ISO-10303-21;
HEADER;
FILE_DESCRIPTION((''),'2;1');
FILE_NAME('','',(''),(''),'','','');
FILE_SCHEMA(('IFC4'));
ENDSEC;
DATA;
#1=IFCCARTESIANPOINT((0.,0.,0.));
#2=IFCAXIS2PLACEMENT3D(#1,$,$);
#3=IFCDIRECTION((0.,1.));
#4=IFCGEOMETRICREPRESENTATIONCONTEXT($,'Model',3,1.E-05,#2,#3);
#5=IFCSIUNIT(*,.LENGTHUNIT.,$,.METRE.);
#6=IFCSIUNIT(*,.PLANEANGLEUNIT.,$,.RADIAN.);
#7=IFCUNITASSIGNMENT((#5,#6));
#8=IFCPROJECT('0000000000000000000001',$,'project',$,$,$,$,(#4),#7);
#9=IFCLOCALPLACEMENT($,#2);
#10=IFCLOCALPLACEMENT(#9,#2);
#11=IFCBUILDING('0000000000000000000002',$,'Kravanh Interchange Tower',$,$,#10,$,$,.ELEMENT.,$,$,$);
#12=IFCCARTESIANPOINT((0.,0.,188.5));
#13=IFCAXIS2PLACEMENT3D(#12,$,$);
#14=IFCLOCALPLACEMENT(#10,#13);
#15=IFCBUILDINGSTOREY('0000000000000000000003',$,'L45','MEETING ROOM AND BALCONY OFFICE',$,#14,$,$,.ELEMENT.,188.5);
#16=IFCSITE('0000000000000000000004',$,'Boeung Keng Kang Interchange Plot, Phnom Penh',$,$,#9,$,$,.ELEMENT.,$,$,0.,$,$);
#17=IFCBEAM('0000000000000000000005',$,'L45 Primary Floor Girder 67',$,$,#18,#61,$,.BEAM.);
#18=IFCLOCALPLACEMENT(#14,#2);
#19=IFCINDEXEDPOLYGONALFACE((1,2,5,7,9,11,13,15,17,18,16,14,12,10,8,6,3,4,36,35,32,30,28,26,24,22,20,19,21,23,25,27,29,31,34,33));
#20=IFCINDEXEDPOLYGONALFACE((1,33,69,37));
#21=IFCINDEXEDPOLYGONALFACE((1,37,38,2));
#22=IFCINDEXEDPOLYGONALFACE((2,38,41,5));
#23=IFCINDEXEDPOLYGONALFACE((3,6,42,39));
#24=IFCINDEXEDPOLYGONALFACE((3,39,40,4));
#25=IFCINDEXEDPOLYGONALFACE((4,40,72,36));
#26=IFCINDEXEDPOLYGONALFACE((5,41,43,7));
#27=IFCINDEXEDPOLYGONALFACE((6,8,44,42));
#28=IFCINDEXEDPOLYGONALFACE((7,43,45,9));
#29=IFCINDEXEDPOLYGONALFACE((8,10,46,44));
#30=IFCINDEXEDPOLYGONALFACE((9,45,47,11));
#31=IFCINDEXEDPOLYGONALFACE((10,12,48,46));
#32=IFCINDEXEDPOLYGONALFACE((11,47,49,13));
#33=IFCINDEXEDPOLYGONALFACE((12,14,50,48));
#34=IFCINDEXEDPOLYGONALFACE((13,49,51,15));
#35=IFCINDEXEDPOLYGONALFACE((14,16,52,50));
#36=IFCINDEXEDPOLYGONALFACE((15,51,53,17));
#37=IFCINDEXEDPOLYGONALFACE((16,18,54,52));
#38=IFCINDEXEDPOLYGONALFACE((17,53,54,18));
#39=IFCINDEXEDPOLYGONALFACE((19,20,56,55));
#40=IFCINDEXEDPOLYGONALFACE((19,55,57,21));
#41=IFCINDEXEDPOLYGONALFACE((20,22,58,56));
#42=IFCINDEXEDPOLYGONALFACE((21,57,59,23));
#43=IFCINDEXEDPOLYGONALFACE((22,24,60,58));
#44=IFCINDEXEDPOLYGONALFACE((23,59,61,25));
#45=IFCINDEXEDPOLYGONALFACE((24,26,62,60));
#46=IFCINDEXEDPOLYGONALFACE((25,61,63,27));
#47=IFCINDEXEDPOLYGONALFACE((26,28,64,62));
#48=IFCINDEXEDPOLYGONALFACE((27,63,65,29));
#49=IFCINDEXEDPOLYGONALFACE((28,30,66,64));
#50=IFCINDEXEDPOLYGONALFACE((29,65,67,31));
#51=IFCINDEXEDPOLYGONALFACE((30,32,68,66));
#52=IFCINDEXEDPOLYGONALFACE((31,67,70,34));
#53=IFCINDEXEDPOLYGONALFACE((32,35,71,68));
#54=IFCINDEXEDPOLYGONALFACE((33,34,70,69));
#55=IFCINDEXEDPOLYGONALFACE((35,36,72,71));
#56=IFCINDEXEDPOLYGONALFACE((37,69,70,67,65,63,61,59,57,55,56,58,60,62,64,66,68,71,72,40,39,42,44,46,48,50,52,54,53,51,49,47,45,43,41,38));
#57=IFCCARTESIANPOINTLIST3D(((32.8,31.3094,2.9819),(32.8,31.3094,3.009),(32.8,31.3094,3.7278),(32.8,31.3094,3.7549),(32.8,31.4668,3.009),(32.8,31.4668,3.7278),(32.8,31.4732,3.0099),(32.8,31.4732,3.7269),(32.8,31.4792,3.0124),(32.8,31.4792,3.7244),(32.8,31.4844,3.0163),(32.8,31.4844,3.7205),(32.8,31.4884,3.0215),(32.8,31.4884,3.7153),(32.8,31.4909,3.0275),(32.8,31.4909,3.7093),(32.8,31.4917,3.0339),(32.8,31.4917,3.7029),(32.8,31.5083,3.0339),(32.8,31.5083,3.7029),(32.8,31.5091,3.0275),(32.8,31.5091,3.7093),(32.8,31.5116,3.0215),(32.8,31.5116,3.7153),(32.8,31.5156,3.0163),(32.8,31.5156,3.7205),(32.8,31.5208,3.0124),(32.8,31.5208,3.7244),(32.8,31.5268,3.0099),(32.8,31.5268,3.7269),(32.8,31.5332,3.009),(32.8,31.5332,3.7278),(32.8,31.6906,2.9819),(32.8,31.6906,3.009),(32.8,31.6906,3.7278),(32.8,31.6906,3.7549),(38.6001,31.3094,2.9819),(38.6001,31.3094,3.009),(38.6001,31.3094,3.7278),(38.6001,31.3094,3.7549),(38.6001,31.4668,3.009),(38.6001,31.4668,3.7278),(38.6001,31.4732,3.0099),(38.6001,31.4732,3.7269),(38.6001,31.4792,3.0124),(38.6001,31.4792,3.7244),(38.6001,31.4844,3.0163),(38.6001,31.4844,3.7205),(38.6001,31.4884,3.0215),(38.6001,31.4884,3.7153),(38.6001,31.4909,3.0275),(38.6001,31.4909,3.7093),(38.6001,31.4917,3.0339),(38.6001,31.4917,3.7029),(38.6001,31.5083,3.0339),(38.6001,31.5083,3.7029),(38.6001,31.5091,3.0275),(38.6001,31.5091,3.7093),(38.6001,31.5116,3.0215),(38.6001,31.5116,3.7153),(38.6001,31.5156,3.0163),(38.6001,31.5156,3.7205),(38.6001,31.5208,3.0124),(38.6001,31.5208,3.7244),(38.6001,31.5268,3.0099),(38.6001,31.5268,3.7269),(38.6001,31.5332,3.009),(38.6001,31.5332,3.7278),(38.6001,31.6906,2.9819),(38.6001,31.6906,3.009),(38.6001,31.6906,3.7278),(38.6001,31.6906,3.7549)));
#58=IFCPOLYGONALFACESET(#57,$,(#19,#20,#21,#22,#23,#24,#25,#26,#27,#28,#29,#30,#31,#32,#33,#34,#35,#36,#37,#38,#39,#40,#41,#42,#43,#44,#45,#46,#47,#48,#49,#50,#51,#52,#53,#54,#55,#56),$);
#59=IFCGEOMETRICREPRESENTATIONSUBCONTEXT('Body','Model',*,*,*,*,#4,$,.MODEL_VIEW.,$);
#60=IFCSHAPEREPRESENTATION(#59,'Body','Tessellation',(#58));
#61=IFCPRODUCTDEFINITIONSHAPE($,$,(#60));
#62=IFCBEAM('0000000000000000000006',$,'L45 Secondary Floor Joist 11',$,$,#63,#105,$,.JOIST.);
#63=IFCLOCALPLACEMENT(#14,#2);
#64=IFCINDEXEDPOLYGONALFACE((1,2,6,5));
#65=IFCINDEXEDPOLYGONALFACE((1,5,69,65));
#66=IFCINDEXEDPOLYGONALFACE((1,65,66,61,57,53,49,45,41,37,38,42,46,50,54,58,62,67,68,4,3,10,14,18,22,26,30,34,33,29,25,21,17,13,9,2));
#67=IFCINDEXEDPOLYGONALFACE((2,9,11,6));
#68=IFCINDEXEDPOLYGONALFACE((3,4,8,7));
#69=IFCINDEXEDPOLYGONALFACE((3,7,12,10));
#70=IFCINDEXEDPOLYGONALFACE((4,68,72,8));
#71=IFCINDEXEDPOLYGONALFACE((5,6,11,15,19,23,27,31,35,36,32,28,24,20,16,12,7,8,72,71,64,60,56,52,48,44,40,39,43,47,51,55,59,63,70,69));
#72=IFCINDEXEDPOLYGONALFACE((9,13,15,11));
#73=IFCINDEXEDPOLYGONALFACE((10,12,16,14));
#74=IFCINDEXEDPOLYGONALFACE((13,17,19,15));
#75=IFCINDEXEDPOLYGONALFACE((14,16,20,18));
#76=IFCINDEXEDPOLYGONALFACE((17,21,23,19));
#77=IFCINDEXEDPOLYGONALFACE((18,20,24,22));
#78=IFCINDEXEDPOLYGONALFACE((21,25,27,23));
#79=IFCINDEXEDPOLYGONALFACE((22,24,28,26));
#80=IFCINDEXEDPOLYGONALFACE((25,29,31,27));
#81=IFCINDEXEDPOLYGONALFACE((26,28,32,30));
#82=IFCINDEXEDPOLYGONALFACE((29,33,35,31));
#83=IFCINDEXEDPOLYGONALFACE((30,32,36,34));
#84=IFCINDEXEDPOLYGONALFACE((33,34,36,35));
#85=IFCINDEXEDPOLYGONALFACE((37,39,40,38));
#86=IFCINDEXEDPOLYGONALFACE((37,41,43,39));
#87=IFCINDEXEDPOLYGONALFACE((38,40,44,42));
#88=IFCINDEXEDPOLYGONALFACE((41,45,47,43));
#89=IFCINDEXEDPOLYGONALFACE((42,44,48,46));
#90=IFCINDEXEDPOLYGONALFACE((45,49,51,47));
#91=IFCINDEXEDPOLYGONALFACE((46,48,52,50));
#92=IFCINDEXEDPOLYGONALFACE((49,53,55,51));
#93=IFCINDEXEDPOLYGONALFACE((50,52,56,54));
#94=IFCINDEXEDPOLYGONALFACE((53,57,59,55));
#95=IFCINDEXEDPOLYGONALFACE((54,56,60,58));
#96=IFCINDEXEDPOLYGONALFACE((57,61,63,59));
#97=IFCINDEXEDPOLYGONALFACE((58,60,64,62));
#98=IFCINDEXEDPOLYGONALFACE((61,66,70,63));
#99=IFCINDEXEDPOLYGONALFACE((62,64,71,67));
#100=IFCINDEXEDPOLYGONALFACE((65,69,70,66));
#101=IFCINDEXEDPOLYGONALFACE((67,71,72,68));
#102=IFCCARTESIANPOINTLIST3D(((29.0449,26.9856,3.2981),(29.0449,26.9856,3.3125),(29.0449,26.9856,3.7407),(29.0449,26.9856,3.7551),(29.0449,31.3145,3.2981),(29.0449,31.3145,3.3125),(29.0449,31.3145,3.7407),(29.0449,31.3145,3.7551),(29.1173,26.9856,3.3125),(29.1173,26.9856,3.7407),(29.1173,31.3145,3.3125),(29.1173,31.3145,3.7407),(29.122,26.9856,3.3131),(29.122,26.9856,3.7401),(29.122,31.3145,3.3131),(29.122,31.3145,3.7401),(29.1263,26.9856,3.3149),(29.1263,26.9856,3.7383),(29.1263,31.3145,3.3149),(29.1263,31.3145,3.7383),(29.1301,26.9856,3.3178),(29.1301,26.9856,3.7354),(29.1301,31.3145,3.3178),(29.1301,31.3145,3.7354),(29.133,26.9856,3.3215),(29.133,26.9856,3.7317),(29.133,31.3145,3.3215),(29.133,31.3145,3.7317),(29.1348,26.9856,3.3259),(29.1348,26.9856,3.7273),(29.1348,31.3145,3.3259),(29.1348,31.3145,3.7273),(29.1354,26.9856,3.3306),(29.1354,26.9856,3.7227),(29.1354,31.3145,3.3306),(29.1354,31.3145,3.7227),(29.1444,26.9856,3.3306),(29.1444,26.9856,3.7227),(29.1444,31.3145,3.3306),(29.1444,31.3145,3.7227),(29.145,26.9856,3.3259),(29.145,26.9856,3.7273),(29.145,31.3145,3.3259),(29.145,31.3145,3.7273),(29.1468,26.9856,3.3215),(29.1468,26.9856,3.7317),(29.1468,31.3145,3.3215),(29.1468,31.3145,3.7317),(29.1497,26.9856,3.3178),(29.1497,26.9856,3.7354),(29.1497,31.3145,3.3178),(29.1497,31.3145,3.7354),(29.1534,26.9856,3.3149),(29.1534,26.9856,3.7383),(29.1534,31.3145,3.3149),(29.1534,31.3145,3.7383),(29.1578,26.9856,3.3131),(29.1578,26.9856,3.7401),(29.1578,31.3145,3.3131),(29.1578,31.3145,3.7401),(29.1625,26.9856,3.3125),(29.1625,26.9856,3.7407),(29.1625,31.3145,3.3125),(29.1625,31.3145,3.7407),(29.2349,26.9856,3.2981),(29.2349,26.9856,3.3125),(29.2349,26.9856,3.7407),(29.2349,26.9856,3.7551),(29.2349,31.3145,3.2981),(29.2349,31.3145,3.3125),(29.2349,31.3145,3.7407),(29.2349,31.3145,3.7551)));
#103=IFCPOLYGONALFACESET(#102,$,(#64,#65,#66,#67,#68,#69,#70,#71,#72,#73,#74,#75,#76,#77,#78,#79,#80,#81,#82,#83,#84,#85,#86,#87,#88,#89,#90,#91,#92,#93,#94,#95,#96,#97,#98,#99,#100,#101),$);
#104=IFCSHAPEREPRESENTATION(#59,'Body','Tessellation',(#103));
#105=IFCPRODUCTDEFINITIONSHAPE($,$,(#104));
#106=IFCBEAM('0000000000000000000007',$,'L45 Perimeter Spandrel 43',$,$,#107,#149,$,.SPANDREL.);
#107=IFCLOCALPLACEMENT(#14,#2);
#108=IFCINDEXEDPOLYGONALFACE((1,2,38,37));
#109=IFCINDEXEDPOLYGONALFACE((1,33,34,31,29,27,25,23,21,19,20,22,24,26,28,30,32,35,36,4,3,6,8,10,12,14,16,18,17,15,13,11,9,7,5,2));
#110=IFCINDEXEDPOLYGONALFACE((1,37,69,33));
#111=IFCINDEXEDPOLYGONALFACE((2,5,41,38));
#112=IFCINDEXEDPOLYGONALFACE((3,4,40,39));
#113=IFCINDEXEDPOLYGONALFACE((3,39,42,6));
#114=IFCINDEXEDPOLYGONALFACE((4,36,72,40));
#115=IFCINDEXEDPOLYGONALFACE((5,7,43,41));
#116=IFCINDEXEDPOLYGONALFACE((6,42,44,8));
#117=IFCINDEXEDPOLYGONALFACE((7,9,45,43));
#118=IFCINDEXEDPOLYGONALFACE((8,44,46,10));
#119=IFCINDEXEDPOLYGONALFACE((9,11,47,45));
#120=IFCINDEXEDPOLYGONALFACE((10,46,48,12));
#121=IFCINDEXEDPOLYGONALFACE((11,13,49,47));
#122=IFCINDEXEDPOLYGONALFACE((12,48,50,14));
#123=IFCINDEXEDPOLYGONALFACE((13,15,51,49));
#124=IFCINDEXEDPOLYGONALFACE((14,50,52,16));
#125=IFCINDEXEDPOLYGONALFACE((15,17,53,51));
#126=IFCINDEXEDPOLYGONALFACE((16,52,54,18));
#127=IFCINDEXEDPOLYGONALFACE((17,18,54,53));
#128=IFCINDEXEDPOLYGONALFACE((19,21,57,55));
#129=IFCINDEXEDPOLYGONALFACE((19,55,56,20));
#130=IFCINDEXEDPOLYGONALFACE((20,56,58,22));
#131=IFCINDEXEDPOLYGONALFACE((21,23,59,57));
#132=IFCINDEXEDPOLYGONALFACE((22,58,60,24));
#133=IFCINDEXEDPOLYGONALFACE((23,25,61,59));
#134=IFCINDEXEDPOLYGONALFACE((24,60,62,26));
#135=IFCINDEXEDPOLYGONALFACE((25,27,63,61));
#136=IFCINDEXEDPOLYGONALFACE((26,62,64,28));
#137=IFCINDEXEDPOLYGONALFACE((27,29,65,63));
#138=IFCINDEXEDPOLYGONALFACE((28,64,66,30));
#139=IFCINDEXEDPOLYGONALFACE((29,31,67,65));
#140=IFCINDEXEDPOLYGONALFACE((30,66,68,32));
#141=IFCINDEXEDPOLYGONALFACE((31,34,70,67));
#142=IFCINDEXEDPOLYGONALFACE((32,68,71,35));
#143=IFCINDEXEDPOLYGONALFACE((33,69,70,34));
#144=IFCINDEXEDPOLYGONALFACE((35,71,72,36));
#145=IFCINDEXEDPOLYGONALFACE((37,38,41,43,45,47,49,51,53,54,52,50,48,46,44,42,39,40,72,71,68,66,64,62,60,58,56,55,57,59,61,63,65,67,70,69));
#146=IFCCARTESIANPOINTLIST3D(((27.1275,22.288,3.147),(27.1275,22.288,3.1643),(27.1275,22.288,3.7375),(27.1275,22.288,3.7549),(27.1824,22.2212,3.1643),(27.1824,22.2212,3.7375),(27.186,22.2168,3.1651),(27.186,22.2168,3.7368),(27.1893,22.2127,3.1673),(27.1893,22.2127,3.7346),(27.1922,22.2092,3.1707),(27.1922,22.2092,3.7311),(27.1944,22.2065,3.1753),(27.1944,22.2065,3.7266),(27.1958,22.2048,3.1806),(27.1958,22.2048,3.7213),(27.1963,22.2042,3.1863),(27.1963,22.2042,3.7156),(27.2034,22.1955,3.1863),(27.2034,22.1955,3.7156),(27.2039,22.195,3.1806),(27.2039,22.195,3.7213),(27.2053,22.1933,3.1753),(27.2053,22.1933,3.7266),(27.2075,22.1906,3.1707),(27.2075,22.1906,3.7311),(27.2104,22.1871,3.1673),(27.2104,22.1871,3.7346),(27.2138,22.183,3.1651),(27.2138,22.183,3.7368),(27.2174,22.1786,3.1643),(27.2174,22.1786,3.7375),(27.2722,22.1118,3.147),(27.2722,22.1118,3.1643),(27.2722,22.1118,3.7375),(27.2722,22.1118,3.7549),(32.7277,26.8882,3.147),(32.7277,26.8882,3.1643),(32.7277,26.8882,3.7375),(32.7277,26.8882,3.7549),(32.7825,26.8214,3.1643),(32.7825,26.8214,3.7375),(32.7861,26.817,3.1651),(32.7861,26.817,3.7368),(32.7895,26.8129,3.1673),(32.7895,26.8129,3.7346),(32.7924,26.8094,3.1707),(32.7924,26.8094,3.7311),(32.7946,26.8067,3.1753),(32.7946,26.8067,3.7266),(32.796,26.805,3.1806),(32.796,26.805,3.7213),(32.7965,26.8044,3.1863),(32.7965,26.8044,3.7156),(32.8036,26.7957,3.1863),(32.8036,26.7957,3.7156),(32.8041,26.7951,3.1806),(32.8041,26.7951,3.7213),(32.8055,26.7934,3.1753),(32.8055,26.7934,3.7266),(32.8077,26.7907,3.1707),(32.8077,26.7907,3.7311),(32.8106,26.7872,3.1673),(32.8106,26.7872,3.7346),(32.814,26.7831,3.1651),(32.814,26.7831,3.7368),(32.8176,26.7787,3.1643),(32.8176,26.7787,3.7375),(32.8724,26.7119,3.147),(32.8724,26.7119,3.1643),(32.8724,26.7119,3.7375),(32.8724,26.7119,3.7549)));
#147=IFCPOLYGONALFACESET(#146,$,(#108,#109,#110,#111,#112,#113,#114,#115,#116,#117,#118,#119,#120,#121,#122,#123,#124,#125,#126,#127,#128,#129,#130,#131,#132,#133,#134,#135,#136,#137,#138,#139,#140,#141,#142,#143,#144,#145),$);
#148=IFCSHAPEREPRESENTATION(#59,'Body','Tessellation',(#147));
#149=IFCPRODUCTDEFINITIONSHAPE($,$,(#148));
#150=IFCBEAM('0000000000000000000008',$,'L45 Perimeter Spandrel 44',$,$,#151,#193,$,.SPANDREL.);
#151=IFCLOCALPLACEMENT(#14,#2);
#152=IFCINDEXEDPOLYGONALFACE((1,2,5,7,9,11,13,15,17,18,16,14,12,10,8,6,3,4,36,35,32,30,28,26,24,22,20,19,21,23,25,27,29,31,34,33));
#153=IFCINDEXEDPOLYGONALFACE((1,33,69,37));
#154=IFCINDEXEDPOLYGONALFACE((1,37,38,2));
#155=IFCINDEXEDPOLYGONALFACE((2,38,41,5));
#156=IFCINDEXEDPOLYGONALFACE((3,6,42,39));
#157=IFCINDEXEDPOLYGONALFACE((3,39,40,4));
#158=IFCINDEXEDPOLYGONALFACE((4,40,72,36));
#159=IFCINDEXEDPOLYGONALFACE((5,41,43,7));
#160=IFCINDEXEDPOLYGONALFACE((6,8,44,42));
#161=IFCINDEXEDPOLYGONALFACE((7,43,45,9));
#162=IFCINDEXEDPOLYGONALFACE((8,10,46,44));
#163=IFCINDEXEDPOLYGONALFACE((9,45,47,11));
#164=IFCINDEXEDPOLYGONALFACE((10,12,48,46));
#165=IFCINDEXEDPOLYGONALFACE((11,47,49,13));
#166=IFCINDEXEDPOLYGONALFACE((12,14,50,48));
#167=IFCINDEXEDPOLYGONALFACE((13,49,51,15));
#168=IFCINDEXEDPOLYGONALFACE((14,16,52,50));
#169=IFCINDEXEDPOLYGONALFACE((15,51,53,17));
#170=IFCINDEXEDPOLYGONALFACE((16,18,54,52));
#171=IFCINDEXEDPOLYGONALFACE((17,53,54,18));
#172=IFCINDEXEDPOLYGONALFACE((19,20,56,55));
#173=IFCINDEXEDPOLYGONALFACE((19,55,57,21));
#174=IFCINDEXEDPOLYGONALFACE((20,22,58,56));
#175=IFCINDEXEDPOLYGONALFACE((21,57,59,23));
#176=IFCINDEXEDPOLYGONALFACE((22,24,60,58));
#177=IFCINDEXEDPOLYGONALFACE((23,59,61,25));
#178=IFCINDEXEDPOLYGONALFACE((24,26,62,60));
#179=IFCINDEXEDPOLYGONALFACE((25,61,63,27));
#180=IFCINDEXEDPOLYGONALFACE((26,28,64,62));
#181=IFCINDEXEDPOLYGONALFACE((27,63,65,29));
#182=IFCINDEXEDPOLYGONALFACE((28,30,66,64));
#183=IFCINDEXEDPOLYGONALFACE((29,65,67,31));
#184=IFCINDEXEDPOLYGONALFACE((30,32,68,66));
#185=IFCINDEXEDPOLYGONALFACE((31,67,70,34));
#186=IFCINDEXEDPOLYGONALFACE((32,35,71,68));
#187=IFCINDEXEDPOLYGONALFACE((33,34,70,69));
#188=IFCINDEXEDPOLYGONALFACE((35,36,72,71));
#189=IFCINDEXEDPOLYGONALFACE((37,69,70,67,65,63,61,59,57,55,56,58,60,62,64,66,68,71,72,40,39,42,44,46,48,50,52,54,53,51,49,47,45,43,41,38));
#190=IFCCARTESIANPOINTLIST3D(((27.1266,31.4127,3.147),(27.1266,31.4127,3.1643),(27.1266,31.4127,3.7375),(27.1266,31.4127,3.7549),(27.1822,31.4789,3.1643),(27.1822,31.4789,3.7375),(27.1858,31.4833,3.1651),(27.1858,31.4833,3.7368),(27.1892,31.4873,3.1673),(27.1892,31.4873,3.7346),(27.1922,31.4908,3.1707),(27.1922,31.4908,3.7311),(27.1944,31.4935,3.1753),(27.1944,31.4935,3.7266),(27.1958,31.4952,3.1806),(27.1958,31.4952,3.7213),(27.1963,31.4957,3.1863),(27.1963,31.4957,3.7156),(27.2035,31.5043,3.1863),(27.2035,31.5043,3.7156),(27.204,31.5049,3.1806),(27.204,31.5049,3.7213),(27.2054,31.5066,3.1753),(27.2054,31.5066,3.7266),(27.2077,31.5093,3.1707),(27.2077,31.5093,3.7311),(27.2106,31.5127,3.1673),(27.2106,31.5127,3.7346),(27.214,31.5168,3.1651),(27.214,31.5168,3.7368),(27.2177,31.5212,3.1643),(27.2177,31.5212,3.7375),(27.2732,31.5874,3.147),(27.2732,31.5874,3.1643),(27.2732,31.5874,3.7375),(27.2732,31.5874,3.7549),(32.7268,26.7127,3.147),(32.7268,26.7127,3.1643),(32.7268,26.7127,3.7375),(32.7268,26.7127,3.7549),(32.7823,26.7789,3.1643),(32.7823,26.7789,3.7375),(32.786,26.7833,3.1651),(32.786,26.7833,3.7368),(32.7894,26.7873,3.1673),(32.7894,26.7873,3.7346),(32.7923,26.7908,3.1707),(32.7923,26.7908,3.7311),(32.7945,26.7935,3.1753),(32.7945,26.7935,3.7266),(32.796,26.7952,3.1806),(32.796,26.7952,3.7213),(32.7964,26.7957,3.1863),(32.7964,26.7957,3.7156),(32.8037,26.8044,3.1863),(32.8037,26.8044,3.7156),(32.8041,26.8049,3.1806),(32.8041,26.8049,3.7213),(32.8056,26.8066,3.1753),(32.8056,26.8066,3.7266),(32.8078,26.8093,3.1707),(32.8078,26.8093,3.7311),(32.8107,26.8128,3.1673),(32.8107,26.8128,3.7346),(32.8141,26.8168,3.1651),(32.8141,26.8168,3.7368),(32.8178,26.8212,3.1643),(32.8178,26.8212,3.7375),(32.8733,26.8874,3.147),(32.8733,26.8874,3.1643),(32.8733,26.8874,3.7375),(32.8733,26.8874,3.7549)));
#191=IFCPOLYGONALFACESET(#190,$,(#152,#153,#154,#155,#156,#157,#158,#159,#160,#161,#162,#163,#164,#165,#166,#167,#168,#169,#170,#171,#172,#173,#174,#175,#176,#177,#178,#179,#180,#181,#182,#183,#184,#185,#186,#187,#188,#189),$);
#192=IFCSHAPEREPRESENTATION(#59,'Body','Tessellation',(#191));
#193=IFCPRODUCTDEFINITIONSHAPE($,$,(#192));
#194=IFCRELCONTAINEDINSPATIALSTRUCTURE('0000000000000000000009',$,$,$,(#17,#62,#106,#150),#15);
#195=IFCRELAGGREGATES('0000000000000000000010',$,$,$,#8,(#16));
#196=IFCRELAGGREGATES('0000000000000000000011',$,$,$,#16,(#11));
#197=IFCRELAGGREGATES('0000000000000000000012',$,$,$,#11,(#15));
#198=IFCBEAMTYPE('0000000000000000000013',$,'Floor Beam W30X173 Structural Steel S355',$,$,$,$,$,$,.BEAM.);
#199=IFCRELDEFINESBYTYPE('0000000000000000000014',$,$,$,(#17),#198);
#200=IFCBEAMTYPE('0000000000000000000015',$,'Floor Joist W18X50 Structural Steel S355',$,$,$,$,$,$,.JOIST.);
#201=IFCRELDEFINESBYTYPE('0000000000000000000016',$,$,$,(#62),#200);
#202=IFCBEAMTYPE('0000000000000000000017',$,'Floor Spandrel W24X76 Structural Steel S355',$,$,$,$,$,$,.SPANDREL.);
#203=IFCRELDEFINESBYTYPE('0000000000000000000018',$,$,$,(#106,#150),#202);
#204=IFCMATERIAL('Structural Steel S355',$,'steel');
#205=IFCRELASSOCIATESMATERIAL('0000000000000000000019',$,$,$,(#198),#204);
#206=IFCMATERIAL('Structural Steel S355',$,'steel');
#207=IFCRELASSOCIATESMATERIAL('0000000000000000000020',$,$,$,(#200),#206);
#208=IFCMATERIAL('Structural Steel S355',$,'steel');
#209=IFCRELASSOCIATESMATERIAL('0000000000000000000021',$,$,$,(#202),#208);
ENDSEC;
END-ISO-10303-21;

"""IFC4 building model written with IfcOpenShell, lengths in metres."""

from ifc_helpers import new_model, si_unit, direction, frame, origin, origin_2d, place, context, subcontext, project, spatial, i_section, extrude, material, material_profile, profile_set, type_object, element, save


model = new_model("IFC4")

# Units and contexts
model_context = context("Model", 3, precision=1e-05, world=origin(), true_north=direction((0.0, 1.0)))
body_context = subcontext(model_context, "Body", "Model", "MODEL_VIEW")
ifc_project = project(units=[si_unit("LENGTHUNIT", "METRE"), si_unit("PLANEANGLEUNIT", "RADIAN")], contexts=[model_context])

# Site, building, storey
site_placement = place(None, origin())
site = spatial("IfcSite", under=ifc_project, at=site_placement, Name="Boeung Keng Kang Interchange Plot, Phnom Penh", CompositionType="ELEMENT", RefElevation=0.0)
building_placement = place(site_placement, origin())
building = spatial("IfcBuilding", under=site, at=building_placement, Name="Kravanh Interchange Tower", CompositionType="ELEMENT")
storey_placement = place(building_placement, frame((0.0, 0.0, 188.5)))
storey = spatial("IfcBuildingStorey", under=building, at=storey_placement, Name="L45", Description="MEETING ROOM AND BALCONY OFFICE", CompositionType="ELEMENT", Elevation=188.5)

# Beams
ifc_material_1 = material(Name="Structural Steel S355", Category="steel")
ifc_material_profile_1 = material_profile(ifc_material_1, i_section(OverallWidth=0.3811, OverallDepth=0.7729, WebThickness=0.0166, FlangeThickness=0.0271, FilletRadius=0.0249, at=origin_2d()), Name="W30X173")
ifc_profile_set_1 = profile_set([ifc_material_profile_1], Name="Structural Steel S355")
beam_type_1 = type_object("IfcBeamType", Name="Floor Beam W30X173 Structural Steel S355", PredefinedType="BEAM", material=ifc_profile_set_1)
beam_1_placement = place(storey_placement, frame((32.8, 31.5, 3.3684), z_axis=(1.0, 0.0, 0.0), x_axis=(0.0, 1.0, 0.0)))
element("IfcBeam", 1, at=beam_1_placement, inside=storey, type_object=beam_type_1, Name="L45 Primary Floor Girder 67", PredefinedType="BEAM", context=body_context, shape_type="SweptSolid", body=[
    extrude(i_section(OverallWidth=0.3811, OverallDepth=0.7729, WebThickness=0.0166, FlangeThickness=0.0271, FilletRadius=0.0249, at=origin_2d()), origin(), (0.0, 0.0, 1.0), 5.8),
])
ifc_material_2 = material(Name="Structural Steel S355", Category="steel")
ifc_material_profile_2 = material_profile(ifc_material_2, i_section(OverallWidth=0.1899, OverallDepth=0.457, WebThickness=0.009, FlangeThickness=0.0144, FilletRadius=0.0181, at=origin_2d()), Name="W18X50")
ifc_profile_set_2 = profile_set([ifc_material_profile_2], Name="Structural Steel S355")
beam_type_2 = type_object("IfcBeamType", Name="Floor Joist W18X50 Structural Steel S355", PredefinedType="JOIST", material=ifc_profile_set_2)
beam_2_placement = place(storey_placement, frame((29.1399, 26.9856, 3.5266), z_axis=(0.0, 1.0, 0.0), x_axis=(-1.0, 0.0, 0.0)))
element("IfcBeam", 2, at=beam_2_placement, inside=storey, type_object=beam_type_2, Name="L45 Secondary Floor Joist 11", PredefinedType="JOIST", context=body_context, shape_type="SweptSolid", body=[
    extrude(i_section(OverallWidth=0.1899, OverallDepth=0.457, WebThickness=0.009, FlangeThickness=0.0144, FilletRadius=0.0181, at=origin_2d()), origin(), (0.0, 0.0, 1.0), 4.3289),
])
ifc_material_3 = material(Name="Structural Steel S355", Category="steel")
ifc_material_profile_3 = material_profile(ifc_material_3, i_section(OverallWidth=0.228, OverallDepth=0.6079, WebThickness=0.0112, FlangeThickness=0.0173, FilletRadius=0.022, at=origin_2d()), Name="W24X76")
ifc_profile_set_3 = profile_set([ifc_material_profile_3], Name="Structural Steel S355")
beam_type_3 = type_object("IfcBeamType", Name="Floor Spandrel W24X76 Structural Steel S355", PredefinedType="SPANDREL", material=ifc_profile_set_3)
beam_3_placement = place(storey_placement, frame((32.8, 26.8, 3.4509), z_axis=(-0.772725, -0.634741, 0.0), x_axis=(0.634741, -0.772725, 0.0)))
element("IfcBeam", 3, at=beam_3_placement, inside=storey, type_object=beam_type_3, Name="L45 Perimeter Spandrel 43", PredefinedType="SPANDREL", context=body_context, shape_type="SweptSolid", body=[
    extrude(i_section(OverallWidth=0.228, OverallDepth=0.6079, WebThickness=0.0112, FlangeThickness=0.0173, FilletRadius=0.022, at=origin_2d()), origin(), (0.0, 0.0, 1.0), 7.2473),
])
beam_4_placement = place(storey_placement, frame((32.8, 26.8, 3.4509), z_axis=(-0.765983, 0.642861, 0.0), x_axis=(-0.642861, -0.765983, 0.0)))
element("IfcBeam", 4, at=beam_4_placement, inside=storey, type_object=beam_type_3, Name="L45 Perimeter Spandrel 44", PredefinedType="SPANDREL", context=body_context, shape_type="SweptSolid", body=[
    extrude(i_section(OverallWidth=0.228, OverallDepth=0.6079, WebThickness=0.0112, FlangeThickness=0.0173, FilletRadius=0.022, at=origin_2d()), origin(), (0.0, 0.0, 1.0), 7.311),
])

save(model, "model.ifc")
